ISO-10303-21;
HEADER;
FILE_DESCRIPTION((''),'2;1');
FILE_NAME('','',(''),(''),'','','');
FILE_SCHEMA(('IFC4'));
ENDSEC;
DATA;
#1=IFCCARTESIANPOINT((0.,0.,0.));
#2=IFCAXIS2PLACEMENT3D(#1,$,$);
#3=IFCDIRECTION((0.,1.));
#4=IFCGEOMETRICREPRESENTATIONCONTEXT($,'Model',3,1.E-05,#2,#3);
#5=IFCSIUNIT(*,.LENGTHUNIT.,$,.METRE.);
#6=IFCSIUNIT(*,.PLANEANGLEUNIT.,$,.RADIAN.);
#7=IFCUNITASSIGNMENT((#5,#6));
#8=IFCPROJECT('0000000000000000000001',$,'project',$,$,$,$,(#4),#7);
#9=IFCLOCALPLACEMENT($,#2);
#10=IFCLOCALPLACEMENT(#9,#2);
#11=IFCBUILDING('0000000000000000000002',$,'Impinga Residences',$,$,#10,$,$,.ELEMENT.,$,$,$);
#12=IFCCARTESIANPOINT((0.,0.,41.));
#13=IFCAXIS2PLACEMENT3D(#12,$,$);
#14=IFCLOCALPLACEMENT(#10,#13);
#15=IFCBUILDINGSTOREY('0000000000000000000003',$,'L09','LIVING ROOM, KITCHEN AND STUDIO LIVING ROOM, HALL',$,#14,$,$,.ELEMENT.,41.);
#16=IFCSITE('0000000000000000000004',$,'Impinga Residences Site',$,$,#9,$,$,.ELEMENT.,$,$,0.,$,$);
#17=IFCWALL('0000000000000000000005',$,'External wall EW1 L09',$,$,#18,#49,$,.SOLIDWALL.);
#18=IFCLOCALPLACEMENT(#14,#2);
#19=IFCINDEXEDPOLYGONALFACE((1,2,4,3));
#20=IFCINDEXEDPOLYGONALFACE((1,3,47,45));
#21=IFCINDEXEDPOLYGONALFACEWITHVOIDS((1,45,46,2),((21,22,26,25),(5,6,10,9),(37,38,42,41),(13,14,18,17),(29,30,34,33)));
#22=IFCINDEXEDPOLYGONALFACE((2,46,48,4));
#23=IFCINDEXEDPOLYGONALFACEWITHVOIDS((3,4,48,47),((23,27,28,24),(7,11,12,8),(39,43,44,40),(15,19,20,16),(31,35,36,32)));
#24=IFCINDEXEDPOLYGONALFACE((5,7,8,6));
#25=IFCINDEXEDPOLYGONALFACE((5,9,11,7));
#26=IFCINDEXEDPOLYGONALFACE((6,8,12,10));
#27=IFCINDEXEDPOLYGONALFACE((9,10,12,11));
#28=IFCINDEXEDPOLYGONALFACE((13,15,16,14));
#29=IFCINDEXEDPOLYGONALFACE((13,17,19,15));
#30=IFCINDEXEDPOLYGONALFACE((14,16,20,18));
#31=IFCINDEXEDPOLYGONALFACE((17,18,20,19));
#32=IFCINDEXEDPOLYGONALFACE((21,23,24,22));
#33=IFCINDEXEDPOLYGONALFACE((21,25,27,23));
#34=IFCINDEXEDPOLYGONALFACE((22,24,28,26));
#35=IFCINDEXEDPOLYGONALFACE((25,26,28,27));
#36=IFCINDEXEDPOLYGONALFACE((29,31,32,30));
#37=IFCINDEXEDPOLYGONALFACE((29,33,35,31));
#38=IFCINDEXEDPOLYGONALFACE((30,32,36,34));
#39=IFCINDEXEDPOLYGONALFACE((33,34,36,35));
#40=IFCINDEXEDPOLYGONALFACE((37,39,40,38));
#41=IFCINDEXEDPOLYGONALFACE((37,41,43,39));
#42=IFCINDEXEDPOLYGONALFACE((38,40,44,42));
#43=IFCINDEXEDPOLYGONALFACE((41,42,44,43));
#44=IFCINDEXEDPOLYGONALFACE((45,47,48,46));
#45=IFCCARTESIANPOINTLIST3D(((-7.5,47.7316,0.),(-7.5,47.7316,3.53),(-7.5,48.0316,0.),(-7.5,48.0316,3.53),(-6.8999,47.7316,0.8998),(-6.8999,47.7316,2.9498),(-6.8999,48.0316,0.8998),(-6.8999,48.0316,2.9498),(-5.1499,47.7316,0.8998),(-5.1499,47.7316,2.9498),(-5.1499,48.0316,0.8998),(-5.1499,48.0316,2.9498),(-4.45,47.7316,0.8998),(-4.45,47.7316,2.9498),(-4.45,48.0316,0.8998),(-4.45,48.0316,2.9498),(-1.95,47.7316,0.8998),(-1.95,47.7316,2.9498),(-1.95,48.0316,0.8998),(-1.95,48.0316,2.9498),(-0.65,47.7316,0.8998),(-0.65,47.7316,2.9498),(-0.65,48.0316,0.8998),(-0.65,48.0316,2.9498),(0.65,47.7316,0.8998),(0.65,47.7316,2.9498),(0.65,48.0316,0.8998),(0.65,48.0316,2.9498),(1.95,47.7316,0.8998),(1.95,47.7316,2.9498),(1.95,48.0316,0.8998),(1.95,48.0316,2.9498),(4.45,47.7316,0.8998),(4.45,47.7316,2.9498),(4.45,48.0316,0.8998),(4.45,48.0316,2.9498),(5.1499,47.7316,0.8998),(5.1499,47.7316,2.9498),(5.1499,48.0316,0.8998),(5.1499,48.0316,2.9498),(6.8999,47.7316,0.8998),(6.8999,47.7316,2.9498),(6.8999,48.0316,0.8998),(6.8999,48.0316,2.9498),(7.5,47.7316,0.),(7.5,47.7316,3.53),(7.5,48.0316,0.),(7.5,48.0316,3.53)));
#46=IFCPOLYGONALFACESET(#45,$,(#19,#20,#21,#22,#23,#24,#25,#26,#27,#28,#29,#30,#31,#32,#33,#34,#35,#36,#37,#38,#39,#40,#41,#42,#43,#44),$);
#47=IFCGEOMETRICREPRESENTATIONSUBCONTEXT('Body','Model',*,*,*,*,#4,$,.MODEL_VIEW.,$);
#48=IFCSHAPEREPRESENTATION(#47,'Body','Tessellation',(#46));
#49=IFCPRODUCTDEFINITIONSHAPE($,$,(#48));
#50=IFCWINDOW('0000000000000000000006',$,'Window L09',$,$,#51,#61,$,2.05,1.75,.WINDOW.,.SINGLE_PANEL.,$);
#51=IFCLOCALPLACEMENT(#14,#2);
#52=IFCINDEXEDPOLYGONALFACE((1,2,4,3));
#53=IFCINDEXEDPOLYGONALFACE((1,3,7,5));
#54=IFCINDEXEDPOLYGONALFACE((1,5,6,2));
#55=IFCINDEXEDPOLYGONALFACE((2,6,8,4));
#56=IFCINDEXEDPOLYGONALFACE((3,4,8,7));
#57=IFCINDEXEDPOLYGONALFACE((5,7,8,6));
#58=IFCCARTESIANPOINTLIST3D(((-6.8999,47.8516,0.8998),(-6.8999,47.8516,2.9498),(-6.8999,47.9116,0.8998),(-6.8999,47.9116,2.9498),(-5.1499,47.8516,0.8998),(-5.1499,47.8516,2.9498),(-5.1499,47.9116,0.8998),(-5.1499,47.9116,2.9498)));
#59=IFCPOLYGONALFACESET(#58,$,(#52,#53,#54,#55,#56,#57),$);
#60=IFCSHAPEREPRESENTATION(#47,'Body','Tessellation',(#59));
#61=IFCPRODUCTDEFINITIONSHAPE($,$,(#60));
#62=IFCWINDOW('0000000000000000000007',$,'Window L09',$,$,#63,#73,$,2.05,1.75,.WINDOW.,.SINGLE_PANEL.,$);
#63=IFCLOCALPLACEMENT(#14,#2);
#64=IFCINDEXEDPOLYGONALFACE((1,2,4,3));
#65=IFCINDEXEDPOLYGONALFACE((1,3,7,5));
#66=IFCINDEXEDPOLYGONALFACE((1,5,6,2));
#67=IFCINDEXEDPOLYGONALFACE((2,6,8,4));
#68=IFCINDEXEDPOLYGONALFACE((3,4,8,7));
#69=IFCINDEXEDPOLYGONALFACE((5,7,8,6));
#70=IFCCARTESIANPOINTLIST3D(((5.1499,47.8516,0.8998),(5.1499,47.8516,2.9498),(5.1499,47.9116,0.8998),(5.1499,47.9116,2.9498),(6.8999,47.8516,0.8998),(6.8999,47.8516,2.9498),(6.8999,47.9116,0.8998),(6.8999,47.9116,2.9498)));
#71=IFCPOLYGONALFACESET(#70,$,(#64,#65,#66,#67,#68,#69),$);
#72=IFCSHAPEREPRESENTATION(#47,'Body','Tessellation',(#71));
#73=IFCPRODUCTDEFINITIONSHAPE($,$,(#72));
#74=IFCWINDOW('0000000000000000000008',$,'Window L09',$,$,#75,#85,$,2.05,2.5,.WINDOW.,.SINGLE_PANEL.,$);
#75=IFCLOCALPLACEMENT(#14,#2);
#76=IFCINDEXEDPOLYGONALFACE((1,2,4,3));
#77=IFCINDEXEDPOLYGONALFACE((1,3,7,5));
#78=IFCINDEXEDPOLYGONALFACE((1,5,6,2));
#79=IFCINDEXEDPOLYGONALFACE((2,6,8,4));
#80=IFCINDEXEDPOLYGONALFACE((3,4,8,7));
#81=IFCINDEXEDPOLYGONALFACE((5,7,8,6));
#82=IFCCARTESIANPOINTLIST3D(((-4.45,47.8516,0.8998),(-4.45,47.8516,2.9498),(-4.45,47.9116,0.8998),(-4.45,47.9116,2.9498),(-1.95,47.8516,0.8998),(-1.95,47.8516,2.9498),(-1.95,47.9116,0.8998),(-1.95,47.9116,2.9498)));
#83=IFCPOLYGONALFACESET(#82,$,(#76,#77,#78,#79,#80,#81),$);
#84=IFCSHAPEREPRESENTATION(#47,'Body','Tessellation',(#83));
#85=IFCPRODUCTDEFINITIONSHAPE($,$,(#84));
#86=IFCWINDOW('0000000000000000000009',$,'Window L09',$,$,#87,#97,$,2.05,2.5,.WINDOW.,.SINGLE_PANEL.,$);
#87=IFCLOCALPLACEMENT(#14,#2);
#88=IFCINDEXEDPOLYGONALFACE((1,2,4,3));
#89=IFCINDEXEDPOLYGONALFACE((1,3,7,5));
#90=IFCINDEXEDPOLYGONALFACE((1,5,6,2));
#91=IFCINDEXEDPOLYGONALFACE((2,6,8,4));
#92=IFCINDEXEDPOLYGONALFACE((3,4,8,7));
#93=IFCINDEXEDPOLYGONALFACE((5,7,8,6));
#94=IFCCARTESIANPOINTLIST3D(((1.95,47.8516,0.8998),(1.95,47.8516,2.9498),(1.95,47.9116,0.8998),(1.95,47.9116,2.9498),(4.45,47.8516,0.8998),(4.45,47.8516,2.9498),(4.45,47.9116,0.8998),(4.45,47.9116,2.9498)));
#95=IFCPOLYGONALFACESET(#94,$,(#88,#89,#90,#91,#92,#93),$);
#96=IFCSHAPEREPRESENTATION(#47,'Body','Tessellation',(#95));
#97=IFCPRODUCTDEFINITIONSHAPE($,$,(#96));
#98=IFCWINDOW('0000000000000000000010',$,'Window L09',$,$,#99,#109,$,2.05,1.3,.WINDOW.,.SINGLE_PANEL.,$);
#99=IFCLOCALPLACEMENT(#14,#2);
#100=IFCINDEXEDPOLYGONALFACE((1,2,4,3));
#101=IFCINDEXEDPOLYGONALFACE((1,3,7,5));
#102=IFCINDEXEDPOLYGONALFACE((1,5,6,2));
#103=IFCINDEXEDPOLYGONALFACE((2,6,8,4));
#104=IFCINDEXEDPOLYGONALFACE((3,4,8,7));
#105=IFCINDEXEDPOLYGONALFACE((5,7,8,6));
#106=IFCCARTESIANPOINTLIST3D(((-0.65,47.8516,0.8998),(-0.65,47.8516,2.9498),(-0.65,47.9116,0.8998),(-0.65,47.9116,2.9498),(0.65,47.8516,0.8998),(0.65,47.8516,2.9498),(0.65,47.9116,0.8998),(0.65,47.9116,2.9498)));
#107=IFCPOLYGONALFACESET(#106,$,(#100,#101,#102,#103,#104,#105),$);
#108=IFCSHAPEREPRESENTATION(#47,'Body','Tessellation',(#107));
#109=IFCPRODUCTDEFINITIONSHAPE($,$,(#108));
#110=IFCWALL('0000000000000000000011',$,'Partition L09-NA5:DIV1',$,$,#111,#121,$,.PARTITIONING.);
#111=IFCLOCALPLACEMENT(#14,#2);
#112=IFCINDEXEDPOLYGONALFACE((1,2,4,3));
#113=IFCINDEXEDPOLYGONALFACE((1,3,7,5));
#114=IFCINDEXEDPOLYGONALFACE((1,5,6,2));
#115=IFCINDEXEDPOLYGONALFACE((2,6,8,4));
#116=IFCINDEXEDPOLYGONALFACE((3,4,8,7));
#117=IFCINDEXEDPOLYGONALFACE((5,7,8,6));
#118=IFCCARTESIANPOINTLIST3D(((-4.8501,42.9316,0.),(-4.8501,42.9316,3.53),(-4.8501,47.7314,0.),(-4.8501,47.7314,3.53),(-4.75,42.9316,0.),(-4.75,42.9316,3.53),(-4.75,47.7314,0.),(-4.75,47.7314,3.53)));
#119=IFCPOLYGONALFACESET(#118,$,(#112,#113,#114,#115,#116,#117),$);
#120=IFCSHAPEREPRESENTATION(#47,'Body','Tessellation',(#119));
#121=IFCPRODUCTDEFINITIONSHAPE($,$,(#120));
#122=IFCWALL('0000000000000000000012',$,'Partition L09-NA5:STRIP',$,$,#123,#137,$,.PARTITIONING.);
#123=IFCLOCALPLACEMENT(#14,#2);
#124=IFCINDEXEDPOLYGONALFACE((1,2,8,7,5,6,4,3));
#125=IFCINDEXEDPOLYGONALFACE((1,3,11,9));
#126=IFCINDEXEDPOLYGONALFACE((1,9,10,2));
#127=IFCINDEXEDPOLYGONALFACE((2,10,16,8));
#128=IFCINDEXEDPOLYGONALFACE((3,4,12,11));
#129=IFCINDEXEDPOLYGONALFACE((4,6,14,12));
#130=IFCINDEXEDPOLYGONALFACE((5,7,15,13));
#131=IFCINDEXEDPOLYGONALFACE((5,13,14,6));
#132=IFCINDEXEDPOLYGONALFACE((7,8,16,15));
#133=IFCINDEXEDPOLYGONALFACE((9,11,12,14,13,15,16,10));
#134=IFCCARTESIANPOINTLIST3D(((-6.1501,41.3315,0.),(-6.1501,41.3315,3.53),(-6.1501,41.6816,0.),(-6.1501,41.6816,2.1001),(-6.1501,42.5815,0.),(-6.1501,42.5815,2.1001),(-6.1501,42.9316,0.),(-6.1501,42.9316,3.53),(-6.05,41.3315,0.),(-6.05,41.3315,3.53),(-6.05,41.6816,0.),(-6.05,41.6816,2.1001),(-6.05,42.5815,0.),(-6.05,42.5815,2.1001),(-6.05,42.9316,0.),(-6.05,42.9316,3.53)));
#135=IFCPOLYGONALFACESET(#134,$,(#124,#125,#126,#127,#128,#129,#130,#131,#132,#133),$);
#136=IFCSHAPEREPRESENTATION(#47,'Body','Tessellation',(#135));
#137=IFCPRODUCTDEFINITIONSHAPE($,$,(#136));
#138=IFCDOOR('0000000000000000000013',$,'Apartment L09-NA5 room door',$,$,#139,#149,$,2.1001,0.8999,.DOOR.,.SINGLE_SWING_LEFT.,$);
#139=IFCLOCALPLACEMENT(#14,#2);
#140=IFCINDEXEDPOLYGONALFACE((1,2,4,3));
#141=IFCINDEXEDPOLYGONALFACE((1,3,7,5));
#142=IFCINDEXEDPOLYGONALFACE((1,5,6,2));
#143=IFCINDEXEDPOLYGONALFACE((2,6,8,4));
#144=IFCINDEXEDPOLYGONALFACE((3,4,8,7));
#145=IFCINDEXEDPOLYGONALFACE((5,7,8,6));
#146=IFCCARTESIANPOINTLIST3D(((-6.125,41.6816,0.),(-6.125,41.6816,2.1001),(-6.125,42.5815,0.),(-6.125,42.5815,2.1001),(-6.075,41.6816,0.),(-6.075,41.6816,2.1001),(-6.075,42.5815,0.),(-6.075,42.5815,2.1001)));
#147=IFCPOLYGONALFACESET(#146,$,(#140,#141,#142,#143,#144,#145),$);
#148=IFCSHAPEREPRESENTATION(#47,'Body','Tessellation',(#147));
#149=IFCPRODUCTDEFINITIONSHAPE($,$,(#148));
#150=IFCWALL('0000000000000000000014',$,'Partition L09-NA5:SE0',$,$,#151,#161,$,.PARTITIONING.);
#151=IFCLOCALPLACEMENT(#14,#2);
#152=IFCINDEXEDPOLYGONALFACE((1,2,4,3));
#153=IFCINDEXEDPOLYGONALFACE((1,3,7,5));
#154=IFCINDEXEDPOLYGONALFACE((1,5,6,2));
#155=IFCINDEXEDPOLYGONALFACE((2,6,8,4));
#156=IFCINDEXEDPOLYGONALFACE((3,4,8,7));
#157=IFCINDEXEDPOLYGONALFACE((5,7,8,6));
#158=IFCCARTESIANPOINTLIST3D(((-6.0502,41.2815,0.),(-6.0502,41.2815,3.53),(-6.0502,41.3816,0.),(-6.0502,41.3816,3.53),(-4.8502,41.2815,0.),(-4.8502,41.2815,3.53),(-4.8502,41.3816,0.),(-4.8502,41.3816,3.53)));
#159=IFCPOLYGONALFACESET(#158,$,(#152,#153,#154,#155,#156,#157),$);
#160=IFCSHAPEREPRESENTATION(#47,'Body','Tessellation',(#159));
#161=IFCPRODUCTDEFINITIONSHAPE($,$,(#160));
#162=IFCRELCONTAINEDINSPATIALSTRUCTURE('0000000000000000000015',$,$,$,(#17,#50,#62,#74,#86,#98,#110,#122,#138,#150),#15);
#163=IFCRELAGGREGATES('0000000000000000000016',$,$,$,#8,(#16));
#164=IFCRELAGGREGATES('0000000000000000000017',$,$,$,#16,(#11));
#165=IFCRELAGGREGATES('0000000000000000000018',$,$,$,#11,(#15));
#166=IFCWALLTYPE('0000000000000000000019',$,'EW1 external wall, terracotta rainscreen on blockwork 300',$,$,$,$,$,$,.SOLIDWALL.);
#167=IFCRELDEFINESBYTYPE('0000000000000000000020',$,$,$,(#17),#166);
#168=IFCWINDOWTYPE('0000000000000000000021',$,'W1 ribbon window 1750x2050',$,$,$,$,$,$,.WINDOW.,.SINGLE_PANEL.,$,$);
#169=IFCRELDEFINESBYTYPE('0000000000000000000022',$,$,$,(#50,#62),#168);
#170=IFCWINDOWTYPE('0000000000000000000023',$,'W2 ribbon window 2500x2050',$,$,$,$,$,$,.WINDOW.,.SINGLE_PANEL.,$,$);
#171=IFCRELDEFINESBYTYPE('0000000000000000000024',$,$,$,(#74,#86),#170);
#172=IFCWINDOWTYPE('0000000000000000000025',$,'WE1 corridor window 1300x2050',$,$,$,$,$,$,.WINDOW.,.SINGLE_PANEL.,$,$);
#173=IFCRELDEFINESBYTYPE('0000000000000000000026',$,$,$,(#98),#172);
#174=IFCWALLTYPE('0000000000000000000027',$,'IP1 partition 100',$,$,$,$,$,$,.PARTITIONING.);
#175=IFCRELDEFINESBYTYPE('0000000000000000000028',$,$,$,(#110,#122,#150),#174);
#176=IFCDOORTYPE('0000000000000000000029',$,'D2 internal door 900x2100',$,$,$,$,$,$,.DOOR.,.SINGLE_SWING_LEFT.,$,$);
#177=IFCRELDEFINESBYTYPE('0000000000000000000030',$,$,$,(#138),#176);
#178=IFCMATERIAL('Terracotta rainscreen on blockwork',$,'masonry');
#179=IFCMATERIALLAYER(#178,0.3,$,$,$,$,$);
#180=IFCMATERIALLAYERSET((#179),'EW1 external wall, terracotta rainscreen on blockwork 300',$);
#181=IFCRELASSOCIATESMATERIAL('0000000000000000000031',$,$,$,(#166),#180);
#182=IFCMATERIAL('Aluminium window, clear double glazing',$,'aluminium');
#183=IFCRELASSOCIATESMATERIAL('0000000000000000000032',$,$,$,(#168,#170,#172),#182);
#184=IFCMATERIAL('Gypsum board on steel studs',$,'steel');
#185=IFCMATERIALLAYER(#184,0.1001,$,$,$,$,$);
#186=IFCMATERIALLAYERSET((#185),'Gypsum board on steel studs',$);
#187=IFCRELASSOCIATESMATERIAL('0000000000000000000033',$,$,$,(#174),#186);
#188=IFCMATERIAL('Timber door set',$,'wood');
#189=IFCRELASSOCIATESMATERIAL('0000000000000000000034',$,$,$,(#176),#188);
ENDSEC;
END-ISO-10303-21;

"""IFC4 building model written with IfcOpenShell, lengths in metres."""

from ifc_helpers import new_model, si_unit, direction, frame, frame_2d, origin, place, context, subcontext, project, spatial, rectangle, extrude, material, layer, layer_set, type_object, element, fill, save


model = new_model("IFC4")

# Units and contexts
model_context = context("Model", 3, precision=1e-05, world=origin(), true_north=direction((0.0, 1.0)))
body_context = subcontext(model_context, "Body", "Model", "MODEL_VIEW")
ifc_project = project(units=[si_unit("LENGTHUNIT", "METRE"), si_unit("PLANEANGLEUNIT", "RADIAN")], contexts=[model_context])

# Site, building, storey
site_placement = place(None, origin())
site = spatial("IfcSite", under=ifc_project, at=site_placement, Name="Impinga Residences Site", CompositionType="ELEMENT", RefElevation=0.0)
building_placement = place(site_placement, origin())
building = spatial("IfcBuilding", under=site, at=building_placement, Name="Impinga Residences", CompositionType="ELEMENT")
storey_placement = place(building_placement, frame((0.0, 0.0, 41.0)))
storey = spatial("IfcBuildingStorey", under=building, at=storey_placement, Name="L09", Description="LIVING ROOM, KITCHEN AND STUDIO LIVING ROOM, HALL", CompositionType="ELEMENT", Elevation=41.0)

# Shared definitions
ifc_material_1 = material(Name="Terracotta rainscreen on blockwork", Category="masonry")
ifc_layer_1 = layer(ifc_material_1, 0.3)
ifc_layer_set_1 = layer_set([ifc_layer_1], Name="EW1 external wall, terracotta rainscreen on blockwork 300")
wall_type_1 = type_object("IfcWallType", Name="EW1 external wall, terracotta rainscreen on blockwork 300", PredefinedType="SOLIDWALL", material=ifc_layer_set_1)

# Wall, openings, windows
wall_1_placement = place(storey_placement, frame((-7.5, 47.8816, 0.0), z_axis=(0.0, 0.0, 1.0), x_axis=(1.0, 0.0, 0.0)))
wall_1 = element("IfcWall", 1, at=wall_1_placement, inside=storey, type_object=wall_type_1, Name="External wall EW1 L09", PredefinedType="SOLIDWALL", context=body_context, shape_type="SweptSolid", body=[
    extrude(rectangle(XDim=15.0, YDim=0.3, at=frame_2d((7.5, 0.0))), origin(), (0.0, 0.0, 1.0), 3.53),
])
opening_1_placement = place(wall_1_placement, frame((0.6001, 0.0, 0.8999)))
opening_1 = element("IfcOpeningElement", 2, at=opening_1_placement, cuts=wall_1, PredefinedType="OPENING", context=body_context, shape_type="SweptSolid", body=[
    extrude(rectangle(XDim=1.75, YDim=2.05, at=frame_2d((0.875, 1.0249))), frame((0.0, 0.1599, 0.0), z_axis=(0.0, -1.0, 0.0), x_axis=(1.0, 0.0, 0.0)), (0.0, 0.0, 1.0), 0.3201),
])
opening_2_placement = place(wall_1_placement, frame((3.05, 0.0, 0.8999)))
opening_2 = element("IfcOpeningElement", 3, at=opening_2_placement, cuts=wall_1, PredefinedType="OPENING", context=body_context, shape_type="SweptSolid", body=[
    extrude(rectangle(XDim=2.5, YDim=2.05, at=frame_2d((1.25, 1.0249))), frame((0.0, 0.1599, 0.0), z_axis=(0.0, -1.0, 0.0), x_axis=(1.0, 0.0, 0.0)), (0.0, 0.0, 1.0), 0.3201),
])
opening_3_placement = place(wall_1_placement, frame((6.8501, 0.0, 0.8999)))
opening_3 = element("IfcOpeningElement", 4, at=opening_3_placement, cuts=wall_1, PredefinedType="OPENING", context=body_context, shape_type="SweptSolid", body=[
    extrude(rectangle(XDim=1.3, YDim=2.05, at=frame_2d((0.6499, 1.0249))), frame((0.0, 0.1599, 0.0), z_axis=(0.0, -1.0, 0.0), x_axis=(1.0, 0.0, 0.0)), (0.0, 0.0, 1.0), 0.3201),
])
opening_4_placement = place(wall_1_placement, frame((9.45, 0.0, 0.8999)))
opening_4 = element("IfcOpeningElement", 5, at=opening_4_placement, cuts=wall_1, PredefinedType="OPENING", context=body_context, shape_type="SweptSolid", body=[
    extrude(rectangle(XDim=2.5, YDim=2.05, at=frame_2d((1.25, 1.0249))), frame((0.0, 0.1599, 0.0), z_axis=(0.0, -1.0, 0.0), x_axis=(1.0, 0.0, 0.0)), (0.0, 0.0, 1.0), 0.3201),
])
opening_5_placement = place(wall_1_placement, frame((12.6499, 0.0, 0.8999)))
opening_5 = element("IfcOpeningElement", 6, at=opening_5_placement, cuts=wall_1, PredefinedType="OPENING", context=body_context, shape_type="SweptSolid", body=[
    extrude(rectangle(XDim=1.75, YDim=2.05, at=frame_2d((0.875, 1.0249))), frame((0.0, 0.1599, 0.0), z_axis=(0.0, -1.0, 0.0), x_axis=(1.0, 0.0, 0.0)), (0.0, 0.0, 1.0), 0.3201),
])
ifc_material_2 = material(Name="Aluminium window, clear double glazing", Category="aluminium")
window_type_1 = type_object("IfcWindowType", Name="W1 ribbon window 1750x2050", PartitioningType="SINGLE_PANEL", PredefinedType="WINDOW", material=ifc_material_2)
window_1_placement = place(opening_1_placement, origin())
window_1 = element("IfcWindow", 7, at=window_1_placement, inside=storey, type_object=window_type_1, Name="Window L09", OverallHeight=2.05, OverallWidth=1.75, PartitioningType="SINGLE_PANEL", PredefinedType="WINDOW", context=body_context, shape_type="SweptSolid", body=[
    extrude(rectangle(XDim=1.75, YDim=2.05, at=frame_2d((0.875, 1.0249))), frame((0.0, 0.03, 0.0), z_axis=(0.0, -1.0, 0.0), x_axis=(1.0, 0.0, 0.0)), (0.0, 0.0, 1.0), 0.0601),
])
fill(opening_1, window_1)
window_2_placement = place(opening_5_placement, origin())
window_2 = element("IfcWindow", 8, at=window_2_placement, inside=storey, type_object=window_type_1, Name="Window L09", OverallHeight=2.05, OverallWidth=1.75, PartitioningType="SINGLE_PANEL", PredefinedType="WINDOW", context=body_context, shape_type="SweptSolid", body=[
    extrude(rectangle(XDim=1.75, YDim=2.05, at=frame_2d((0.875, 1.0249))), frame((0.0, 0.03, 0.0), z_axis=(0.0, -1.0, 0.0), x_axis=(1.0, 0.0, 0.0)), (0.0, 0.0, 1.0), 0.0601),
])
fill(opening_5, window_2)
window_type_2 = type_object("IfcWindowType", Name="W2 ribbon window 2500x2050", PartitioningType="SINGLE_PANEL", PredefinedType="WINDOW", material=ifc_material_2)
window_3_placement = place(opening_2_placement, origin())
window_3 = element("IfcWindow", 9, at=window_3_placement, inside=storey, type_object=window_type_2, Name="Window L09", OverallHeight=2.05, OverallWidth=2.5, PartitioningType="SINGLE_PANEL", PredefinedType="WINDOW", context=body_context, shape_type="SweptSolid", body=[
    extrude(rectangle(XDim=2.5, YDim=2.05, at=frame_2d((1.25, 1.0249))), frame((0.0, 0.03, 0.0), z_axis=(0.0, -1.0, 0.0), x_axis=(1.0, 0.0, 0.0)), (0.0, 0.0, 1.0), 0.0601),
])
fill(opening_2, window_3)
window_4_placement = place(opening_4_placement, origin())
window_4 = element("IfcWindow", 10, at=window_4_placement, inside=storey, type_object=window_type_2, Name="Window L09", OverallHeight=2.05, OverallWidth=2.5, PartitioningType="SINGLE_PANEL", PredefinedType="WINDOW", context=body_context, shape_type="SweptSolid", body=[
    extrude(rectangle(XDim=2.5, YDim=2.05, at=frame_2d((1.25, 1.0249))), frame((0.0, 0.03, 0.0), z_axis=(0.0, -1.0, 0.0), x_axis=(1.0, 0.0, 0.0)), (0.0, 0.0, 1.0), 0.0601),
])
fill(opening_4, window_4)
window_type_3 = type_object("IfcWindowType", Name="WE1 corridor window 1300x2050", PartitioningType="SINGLE_PANEL", PredefinedType="WINDOW", material=ifc_material_2)
window_5_placement = place(opening_3_placement, origin())
window_5 = element("IfcWindow", 11, at=window_5_placement, inside=storey, type_object=window_type_3, Name="Window L09", OverallHeight=2.05, OverallWidth=1.3, PartitioningType="SINGLE_PANEL", PredefinedType="WINDOW", context=body_context, shape_type="SweptSolid", body=[
    extrude(rectangle(XDim=1.3, YDim=2.05, at=frame_2d((0.6499, 1.0249))), frame((0.0, 0.03, 0.0), z_axis=(0.0, -1.0, 0.0), x_axis=(1.0, 0.0, 0.0)), (0.0, 0.0, 1.0), 0.0601),
])
fill(opening_3, window_5)

# Wall
ifc_material_3 = material(Name="Gypsum board on steel studs", Category="steel")
ifc_layer_2 = layer(ifc_material_3, 0.1001)
ifc_layer_set_2 = layer_set([ifc_layer_2], Name="Gypsum board on steel studs")
wall_type_2 = type_object("IfcWallType", Name="IP1 partition 100", PredefinedType="PARTITIONING", material=ifc_layer_set_2)
wall_2_placement = place(storey_placement, frame((-4.8, 42.9316, 0.0), z_axis=(0.0, 0.0, 1.0), x_axis=(0.0, 1.0, 0.0)))
element("IfcWall", 12, at=wall_2_placement, inside=storey, type_object=wall_type_2, Name="Partition L09-NA5:DIV1", PredefinedType="PARTITIONING", context=body_context, shape_type="SweptSolid", body=[
    extrude(rectangle(XDim=4.7998, YDim=0.1001, at=frame_2d((2.3999, 0.0))), origin(), (0.0, 0.0, 1.0), 3.53),
])

# Wall, opening, door
wall_3_placement = place(storey_placement, frame((-6.1001, 41.3315, 0.0), z_axis=(0.0, 0.0, 1.0), x_axis=(0.0, 1.0, 0.0)))
wall_3 = element("IfcWall", 13, at=wall_3_placement, inside=storey, type_object=wall_type_2, Name="Partition L09-NA5:STRIP", PredefinedType="PARTITIONING", context=body_context, shape_type="SweptSolid", body=[
    extrude(rectangle(XDim=1.6001, YDim=0.1001, at=frame_2d((0.8, 0.0))), origin(), (0.0, 0.0, 1.0), 3.53),
])
opening_6_placement = place(wall_3_placement, frame((0.3501, 0.0, 0.0)))
opening_6 = element("IfcOpeningElement", 14, at=opening_6_placement, cuts=wall_3, PredefinedType="OPENING", context=body_context, shape_type="SweptSolid", body=[
    extrude(rectangle(XDim=0.8999, YDim=2.1001, at=frame_2d((0.45, 1.05))), frame((0.0, 0.0601, 0.0), z_axis=(0.0, -1.0, 0.0), x_axis=(1.0, 0.0, 0.0)), (0.0, 0.0, 1.0), 0.1201),
])
ifc_material_4 = material(Name="Timber door set", Category="wood")
door_type = type_object("IfcDoorType", Name="D2 internal door 900x2100", OperationType="SINGLE_SWING_LEFT", PredefinedType="DOOR", material=ifc_material_4)
door_1_placement = place(opening_6_placement, origin())
door_1 = element("IfcDoor", 15, at=door_1_placement, inside=storey, type_object=door_type, Name="Apartment L09-NA5 room door", OperationType="SINGLE_SWING_LEFT", OverallHeight=2.1001, OverallWidth=0.8999, PredefinedType="DOOR", context=body_context, shape_type="SweptSolid", body=[
    extrude(rectangle(XDim=0.8999, YDim=2.1001, at=frame_2d((0.45, 1.05))), frame((0.0, 0.0249, 0.0), z_axis=(0.0, -1.0, 0.0), x_axis=(1.0, 0.0, 0.0)), (0.0, 0.0, 1.0), 0.05),
])
fill(opening_6, door_1)

# Wall
for number, where, z_axis, x_axis, name in (
    (16, (-4.8501, 41.3315, 0.0), (0.0, 0.0, 1.0), (-1.0, 0.0, 0.0), "Partition L09-NA5:SE0"),
):
    element("IfcWall", number, at=place(storey_placement, frame(where, z_axis=z_axis, x_axis=x_axis)), inside=storey, type_object=wall_type_2, Name=name, PredefinedType="PARTITIONING", context=body_context, shape_type="SweptSolid", body=[
        extrude(rectangle(XDim=1.2, YDim=0.1001, at=frame_2d((0.6001, 0.0))), origin(), (0.0, 0.0, 1.0), 3.53),
    ])

save(model, "model.ifc")
